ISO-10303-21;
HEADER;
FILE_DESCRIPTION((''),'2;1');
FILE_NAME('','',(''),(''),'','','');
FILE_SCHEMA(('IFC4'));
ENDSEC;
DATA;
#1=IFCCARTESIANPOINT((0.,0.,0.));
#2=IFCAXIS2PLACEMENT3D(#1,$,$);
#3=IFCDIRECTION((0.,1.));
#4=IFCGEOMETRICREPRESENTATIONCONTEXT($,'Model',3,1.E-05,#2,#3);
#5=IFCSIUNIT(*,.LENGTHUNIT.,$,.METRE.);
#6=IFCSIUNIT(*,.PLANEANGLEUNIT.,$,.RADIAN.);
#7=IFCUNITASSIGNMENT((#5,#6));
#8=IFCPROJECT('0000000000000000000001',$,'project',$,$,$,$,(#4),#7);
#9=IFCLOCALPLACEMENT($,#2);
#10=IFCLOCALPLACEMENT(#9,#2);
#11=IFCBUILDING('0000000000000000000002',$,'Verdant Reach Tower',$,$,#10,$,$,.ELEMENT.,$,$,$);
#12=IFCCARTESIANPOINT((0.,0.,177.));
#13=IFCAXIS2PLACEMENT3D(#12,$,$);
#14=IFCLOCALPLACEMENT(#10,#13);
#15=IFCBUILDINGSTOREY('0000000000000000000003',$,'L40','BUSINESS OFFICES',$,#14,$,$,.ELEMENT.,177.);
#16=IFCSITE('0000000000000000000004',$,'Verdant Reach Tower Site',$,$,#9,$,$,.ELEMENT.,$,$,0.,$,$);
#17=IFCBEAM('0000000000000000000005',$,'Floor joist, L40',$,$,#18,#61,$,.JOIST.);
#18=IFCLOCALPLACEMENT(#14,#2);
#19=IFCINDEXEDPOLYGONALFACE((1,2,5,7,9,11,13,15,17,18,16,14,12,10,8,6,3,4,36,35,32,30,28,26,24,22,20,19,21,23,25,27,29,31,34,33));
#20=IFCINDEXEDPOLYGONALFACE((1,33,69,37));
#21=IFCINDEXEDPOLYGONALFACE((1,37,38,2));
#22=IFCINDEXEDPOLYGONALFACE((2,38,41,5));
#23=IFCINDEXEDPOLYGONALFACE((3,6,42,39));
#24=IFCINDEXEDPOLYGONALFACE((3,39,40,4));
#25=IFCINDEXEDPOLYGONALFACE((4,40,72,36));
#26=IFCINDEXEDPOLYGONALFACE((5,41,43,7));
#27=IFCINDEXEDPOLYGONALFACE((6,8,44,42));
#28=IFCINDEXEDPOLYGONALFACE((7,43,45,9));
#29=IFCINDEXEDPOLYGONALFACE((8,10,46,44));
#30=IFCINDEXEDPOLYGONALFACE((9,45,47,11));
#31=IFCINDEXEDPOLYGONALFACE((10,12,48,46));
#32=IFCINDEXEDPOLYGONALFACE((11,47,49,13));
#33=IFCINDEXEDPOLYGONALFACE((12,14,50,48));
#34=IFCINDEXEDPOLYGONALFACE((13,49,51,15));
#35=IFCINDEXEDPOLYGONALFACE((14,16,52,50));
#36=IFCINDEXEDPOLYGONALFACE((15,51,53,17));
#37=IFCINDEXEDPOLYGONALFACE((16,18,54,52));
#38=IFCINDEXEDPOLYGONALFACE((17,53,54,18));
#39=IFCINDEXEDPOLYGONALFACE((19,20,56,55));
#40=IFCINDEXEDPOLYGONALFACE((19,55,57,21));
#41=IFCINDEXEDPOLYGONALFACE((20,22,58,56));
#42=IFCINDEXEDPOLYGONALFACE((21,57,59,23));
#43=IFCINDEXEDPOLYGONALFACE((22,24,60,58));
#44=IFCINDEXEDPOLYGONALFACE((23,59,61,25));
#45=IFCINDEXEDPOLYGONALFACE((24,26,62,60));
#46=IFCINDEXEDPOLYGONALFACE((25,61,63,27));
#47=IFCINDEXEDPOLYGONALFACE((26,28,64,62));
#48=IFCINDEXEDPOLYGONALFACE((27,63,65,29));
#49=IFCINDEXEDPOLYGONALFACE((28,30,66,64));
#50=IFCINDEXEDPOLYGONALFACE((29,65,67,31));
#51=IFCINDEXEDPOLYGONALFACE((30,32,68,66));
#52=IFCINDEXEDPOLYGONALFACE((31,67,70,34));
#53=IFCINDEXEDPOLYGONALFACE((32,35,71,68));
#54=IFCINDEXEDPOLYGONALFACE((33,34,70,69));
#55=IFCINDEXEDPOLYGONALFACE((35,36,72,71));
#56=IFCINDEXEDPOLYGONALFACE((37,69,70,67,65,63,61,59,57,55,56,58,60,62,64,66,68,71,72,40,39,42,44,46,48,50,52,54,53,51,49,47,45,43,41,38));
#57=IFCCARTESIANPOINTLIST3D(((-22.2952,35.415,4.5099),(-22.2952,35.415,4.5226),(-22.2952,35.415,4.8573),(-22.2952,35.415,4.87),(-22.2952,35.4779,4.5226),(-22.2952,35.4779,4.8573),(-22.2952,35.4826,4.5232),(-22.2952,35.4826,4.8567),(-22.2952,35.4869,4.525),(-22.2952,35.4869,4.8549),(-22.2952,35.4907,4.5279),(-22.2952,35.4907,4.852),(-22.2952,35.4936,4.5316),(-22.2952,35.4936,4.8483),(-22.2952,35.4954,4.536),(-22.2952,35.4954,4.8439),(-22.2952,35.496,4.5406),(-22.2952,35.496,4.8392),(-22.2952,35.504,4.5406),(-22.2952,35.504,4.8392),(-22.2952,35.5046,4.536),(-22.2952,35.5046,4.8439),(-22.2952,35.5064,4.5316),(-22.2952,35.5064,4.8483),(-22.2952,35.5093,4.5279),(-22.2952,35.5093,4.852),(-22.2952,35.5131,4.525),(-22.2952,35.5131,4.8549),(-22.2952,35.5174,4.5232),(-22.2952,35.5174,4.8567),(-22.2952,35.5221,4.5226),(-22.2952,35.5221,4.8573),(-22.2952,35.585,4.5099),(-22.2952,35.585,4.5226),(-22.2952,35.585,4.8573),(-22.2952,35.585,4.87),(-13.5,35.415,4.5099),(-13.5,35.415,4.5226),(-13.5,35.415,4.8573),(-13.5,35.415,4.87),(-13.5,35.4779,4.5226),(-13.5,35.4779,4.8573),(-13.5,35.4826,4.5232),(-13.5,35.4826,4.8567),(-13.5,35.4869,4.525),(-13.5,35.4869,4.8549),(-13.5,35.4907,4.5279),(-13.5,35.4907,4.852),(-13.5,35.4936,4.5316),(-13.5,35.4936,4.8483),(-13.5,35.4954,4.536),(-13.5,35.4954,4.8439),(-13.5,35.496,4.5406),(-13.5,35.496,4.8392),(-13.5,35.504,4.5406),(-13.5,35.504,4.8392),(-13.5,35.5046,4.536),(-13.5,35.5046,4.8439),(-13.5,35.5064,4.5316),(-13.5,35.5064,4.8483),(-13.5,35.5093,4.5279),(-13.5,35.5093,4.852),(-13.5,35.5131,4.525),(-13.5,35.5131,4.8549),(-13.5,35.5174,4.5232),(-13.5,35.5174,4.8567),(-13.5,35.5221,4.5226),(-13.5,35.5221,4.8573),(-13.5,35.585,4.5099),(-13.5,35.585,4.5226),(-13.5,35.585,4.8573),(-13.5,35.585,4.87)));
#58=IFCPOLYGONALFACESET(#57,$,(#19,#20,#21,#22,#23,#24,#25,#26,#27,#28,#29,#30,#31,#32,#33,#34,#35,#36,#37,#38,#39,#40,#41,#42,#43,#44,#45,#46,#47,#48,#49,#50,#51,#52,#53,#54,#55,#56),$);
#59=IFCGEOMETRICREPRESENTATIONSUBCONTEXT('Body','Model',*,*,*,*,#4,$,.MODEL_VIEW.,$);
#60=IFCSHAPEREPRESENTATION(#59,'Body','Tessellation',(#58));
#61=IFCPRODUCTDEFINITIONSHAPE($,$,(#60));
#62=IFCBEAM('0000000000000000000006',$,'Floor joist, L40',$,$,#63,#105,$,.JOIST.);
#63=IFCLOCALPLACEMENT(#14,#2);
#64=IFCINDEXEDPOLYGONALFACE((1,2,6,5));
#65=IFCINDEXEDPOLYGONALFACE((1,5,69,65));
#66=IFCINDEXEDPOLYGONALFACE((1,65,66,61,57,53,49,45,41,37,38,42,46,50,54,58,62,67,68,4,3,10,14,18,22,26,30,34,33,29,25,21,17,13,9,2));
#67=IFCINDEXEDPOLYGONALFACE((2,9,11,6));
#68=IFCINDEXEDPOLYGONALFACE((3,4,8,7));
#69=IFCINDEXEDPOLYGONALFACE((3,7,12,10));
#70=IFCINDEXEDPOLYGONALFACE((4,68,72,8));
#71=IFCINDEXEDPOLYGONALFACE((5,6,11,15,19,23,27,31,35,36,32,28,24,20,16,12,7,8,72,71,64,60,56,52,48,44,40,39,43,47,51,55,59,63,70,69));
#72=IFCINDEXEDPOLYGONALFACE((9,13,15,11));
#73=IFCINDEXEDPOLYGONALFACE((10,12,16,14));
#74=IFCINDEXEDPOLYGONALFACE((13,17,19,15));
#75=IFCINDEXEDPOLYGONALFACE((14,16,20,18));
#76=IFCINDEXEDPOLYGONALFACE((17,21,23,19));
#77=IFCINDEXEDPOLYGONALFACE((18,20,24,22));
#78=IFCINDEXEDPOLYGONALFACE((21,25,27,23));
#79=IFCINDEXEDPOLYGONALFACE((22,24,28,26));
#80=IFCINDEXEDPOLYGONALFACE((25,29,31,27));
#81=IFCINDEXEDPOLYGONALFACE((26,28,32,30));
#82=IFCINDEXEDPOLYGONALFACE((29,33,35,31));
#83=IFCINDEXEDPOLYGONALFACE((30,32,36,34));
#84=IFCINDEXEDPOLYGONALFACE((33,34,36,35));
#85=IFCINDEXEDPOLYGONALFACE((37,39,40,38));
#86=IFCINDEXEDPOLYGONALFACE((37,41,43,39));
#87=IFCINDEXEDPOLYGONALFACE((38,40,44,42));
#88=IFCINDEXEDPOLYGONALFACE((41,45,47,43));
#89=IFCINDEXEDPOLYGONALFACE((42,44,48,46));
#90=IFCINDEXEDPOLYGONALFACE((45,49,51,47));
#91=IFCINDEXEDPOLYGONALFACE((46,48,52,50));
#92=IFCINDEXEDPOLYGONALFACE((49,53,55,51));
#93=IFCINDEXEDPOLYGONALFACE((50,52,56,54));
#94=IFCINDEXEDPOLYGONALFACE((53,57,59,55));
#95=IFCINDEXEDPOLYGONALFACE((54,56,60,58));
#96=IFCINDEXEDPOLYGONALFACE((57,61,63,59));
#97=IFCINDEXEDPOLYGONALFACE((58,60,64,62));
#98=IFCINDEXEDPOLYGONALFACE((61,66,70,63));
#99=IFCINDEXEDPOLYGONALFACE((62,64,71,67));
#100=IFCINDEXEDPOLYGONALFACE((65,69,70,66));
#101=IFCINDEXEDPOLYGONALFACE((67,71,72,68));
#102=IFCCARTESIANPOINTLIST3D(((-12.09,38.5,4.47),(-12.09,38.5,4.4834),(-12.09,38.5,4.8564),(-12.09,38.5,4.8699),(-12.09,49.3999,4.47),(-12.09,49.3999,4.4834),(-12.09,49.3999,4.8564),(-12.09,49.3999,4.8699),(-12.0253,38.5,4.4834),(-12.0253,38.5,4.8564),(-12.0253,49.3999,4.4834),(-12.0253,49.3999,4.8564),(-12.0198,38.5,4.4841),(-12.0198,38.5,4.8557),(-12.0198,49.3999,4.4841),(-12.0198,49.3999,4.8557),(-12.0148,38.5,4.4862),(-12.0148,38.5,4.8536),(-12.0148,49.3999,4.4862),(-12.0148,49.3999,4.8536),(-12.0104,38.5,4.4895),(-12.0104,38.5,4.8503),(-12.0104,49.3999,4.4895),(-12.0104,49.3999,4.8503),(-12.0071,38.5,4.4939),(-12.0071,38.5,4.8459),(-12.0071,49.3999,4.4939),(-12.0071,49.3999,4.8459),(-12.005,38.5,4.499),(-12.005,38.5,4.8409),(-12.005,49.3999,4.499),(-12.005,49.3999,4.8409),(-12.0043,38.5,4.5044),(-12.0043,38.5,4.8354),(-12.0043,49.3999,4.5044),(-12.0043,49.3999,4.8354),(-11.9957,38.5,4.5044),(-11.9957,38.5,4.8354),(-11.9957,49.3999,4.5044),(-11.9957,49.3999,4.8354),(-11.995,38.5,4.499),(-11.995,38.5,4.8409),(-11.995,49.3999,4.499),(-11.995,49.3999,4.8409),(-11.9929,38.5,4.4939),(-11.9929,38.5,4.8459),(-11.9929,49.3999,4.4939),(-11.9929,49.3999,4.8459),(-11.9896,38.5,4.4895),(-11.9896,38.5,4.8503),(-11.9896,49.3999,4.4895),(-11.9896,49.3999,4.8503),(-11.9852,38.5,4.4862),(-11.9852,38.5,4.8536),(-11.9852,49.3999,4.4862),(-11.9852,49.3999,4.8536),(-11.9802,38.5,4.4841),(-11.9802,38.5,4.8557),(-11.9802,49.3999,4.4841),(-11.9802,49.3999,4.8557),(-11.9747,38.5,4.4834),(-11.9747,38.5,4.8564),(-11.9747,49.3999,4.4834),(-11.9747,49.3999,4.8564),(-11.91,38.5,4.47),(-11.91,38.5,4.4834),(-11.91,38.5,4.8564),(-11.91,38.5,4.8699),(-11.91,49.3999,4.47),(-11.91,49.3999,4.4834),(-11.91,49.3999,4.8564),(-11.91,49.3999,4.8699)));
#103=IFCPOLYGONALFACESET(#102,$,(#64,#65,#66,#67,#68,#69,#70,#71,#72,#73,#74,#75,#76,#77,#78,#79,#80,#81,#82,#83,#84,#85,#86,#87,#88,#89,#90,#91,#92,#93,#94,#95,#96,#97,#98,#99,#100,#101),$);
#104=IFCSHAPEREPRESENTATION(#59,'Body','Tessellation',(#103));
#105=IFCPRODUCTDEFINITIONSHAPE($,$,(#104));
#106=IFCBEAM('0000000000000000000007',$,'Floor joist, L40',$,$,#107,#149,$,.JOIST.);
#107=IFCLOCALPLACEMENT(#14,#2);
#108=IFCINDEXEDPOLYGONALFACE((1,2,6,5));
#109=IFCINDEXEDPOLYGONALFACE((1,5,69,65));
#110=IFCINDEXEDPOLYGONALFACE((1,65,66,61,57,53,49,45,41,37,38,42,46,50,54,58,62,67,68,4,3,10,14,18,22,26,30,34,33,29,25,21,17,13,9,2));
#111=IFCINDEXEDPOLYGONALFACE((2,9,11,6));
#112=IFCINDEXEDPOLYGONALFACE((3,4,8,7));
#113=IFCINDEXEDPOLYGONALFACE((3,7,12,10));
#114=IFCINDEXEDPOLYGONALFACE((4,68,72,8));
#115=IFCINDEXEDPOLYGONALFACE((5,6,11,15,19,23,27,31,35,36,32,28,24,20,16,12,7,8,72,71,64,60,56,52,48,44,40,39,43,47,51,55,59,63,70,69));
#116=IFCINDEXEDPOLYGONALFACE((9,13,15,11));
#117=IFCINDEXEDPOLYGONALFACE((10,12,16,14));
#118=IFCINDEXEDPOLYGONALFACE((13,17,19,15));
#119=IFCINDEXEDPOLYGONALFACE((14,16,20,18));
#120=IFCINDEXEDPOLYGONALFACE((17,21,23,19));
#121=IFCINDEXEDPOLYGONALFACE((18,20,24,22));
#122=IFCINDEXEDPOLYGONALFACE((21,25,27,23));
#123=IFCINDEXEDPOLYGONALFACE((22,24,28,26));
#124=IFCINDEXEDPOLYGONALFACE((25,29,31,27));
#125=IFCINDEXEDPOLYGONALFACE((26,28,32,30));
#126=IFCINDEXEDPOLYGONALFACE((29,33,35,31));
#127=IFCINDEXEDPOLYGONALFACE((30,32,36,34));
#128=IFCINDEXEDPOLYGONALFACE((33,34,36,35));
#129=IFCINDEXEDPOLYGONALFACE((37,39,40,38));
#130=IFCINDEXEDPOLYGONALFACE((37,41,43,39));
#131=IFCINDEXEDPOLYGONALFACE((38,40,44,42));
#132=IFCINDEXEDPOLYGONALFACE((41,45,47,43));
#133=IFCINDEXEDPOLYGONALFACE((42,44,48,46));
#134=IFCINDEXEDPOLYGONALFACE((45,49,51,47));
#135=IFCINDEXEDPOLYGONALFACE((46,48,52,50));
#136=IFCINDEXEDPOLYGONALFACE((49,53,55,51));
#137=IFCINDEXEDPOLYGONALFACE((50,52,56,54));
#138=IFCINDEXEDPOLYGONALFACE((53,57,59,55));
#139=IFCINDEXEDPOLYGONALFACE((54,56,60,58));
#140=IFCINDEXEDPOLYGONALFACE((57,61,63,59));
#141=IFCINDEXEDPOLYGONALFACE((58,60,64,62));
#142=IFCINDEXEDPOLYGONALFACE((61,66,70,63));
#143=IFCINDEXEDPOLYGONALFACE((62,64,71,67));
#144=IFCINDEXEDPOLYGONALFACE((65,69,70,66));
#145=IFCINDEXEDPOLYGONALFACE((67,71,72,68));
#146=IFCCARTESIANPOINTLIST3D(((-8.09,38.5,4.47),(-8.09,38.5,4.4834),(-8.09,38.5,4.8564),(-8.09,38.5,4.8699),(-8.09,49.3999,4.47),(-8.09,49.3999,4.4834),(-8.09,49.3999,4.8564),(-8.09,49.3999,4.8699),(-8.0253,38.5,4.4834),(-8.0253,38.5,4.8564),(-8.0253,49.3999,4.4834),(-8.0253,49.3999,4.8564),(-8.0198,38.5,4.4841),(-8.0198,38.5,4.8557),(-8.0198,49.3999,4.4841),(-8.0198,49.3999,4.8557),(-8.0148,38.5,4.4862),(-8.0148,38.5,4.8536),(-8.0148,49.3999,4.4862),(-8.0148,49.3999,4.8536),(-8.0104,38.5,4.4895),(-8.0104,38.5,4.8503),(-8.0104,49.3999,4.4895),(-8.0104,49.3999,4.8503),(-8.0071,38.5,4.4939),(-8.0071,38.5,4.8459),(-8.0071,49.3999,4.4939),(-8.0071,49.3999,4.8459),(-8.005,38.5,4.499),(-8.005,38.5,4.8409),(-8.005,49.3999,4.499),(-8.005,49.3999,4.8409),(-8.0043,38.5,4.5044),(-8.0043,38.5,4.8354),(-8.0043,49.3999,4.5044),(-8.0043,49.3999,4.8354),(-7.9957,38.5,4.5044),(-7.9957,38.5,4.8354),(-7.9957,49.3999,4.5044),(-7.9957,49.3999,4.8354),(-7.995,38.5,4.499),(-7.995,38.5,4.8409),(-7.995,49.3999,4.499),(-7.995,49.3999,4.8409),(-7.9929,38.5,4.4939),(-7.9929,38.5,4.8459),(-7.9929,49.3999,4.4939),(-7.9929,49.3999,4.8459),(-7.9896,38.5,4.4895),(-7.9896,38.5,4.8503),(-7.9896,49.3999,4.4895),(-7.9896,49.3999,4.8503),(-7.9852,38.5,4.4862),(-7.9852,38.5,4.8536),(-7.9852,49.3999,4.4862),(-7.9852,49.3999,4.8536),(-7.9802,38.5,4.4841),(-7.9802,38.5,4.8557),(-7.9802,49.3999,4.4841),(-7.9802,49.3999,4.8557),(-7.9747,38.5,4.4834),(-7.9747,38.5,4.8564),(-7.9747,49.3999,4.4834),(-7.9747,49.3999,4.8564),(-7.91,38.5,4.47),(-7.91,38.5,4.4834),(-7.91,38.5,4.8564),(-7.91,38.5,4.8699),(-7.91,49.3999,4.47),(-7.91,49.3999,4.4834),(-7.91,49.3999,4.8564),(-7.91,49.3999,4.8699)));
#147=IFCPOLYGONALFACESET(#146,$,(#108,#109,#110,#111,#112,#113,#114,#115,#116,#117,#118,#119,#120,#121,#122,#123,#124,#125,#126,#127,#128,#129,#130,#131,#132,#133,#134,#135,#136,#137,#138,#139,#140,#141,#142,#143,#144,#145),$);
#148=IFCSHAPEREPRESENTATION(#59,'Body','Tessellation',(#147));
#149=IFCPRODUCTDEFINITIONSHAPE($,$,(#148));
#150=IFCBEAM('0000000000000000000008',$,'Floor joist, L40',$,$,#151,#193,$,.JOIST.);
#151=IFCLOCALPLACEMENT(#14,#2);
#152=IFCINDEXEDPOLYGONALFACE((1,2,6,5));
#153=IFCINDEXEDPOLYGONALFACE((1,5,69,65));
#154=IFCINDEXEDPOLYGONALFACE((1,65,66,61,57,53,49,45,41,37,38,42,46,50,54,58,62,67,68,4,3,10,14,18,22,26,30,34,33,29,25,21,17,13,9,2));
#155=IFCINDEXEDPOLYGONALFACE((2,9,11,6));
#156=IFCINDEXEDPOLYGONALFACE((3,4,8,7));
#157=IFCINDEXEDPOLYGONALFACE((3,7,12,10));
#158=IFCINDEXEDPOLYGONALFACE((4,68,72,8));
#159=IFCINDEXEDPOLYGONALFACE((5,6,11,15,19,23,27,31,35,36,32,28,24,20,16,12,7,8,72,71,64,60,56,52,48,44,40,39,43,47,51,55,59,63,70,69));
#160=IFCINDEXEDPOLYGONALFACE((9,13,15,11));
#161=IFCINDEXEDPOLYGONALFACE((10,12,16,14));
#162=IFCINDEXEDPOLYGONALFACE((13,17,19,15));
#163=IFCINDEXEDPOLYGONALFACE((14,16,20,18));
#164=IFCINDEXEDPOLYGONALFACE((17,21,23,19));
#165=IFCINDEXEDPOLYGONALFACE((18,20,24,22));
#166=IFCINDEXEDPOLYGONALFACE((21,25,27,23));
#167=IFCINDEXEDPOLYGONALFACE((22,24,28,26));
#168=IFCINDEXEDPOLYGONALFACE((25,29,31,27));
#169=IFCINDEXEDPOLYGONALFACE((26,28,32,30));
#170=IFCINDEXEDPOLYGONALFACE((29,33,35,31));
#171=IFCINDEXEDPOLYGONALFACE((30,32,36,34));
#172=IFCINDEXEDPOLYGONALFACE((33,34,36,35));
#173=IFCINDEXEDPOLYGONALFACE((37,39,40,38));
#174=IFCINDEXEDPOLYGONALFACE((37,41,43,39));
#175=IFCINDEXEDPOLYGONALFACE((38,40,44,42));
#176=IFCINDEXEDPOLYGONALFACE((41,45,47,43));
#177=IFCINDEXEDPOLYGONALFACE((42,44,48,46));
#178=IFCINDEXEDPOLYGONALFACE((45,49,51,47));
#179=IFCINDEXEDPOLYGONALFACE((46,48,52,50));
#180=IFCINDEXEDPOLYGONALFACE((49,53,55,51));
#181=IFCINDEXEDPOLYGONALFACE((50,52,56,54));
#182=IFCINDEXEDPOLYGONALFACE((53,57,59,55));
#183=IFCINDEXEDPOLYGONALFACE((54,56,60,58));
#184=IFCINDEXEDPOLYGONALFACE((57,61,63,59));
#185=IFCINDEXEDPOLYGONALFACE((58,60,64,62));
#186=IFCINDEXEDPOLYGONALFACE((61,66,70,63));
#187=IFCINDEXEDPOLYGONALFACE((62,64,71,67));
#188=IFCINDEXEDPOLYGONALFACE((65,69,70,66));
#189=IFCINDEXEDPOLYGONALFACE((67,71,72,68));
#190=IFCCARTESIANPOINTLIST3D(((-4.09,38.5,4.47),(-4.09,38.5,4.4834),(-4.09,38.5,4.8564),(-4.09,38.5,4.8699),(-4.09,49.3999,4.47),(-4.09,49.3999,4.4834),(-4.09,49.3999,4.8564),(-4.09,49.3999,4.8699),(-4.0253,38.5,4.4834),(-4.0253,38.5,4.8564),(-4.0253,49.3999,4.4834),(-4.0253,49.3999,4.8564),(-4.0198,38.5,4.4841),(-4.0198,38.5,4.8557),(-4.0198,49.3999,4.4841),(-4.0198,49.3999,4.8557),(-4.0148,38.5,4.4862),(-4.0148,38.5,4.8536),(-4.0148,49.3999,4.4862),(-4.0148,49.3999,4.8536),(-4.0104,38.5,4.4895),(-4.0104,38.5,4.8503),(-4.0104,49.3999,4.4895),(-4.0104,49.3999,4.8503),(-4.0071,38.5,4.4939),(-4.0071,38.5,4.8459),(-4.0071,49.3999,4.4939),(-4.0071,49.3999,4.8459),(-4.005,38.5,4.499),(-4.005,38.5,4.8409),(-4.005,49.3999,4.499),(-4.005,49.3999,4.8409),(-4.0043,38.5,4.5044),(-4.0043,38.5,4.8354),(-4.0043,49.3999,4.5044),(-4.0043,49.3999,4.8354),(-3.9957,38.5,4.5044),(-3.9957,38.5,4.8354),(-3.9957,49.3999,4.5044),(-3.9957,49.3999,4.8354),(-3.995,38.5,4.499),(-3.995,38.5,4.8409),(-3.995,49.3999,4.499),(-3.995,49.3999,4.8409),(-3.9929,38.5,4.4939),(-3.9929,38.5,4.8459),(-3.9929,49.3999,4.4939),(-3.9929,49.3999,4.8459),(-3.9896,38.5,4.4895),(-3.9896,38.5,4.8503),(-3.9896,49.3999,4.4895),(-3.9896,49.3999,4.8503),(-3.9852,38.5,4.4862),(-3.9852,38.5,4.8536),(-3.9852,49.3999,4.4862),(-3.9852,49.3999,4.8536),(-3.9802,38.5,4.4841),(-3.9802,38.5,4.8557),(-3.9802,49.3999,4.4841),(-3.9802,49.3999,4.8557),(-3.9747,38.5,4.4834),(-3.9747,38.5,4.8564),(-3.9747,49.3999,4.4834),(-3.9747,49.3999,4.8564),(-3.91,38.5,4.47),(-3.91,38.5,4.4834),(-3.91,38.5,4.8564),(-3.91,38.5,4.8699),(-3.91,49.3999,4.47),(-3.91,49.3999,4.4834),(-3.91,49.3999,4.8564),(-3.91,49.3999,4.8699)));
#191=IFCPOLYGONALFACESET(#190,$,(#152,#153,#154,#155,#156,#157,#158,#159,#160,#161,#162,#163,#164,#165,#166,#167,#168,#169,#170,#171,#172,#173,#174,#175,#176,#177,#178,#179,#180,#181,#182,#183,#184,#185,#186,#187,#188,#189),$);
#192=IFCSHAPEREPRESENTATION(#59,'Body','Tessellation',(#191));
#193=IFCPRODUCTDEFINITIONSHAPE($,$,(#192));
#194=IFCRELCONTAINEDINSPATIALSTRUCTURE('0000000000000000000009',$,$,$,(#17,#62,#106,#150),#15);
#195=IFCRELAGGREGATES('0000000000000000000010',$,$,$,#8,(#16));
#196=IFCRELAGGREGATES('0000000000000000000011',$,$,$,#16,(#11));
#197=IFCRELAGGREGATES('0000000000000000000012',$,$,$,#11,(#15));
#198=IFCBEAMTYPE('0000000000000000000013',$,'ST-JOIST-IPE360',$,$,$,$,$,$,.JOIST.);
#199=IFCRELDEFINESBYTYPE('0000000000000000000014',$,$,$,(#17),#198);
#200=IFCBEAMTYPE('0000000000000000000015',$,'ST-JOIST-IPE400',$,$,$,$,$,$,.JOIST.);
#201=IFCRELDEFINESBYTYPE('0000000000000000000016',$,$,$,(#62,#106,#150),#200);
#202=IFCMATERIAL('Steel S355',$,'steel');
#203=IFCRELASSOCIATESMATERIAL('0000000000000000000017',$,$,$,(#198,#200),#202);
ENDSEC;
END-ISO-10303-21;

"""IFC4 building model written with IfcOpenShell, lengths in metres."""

from ifc_helpers import new_model, si_unit, direction, frame, origin, origin_2d, place, context, subcontext, project, spatial, i_section, extrude, material, material_profile, profile_set, type_object, element, save


model = new_model("IFC4")

# Units and contexts
model_context = context("Model", 3, precision=1e-05, world=origin(), true_north=direction((0.0, 1.0)))
body_context = subcontext(model_context, "Body", "Model", "MODEL_VIEW")
ifc_project = project(units=[si_unit("LENGTHUNIT", "METRE"), si_unit("PLANEANGLEUNIT", "RADIAN")], contexts=[model_context])

# Site, building, storey
site_placement = place(None, origin())
site = spatial("IfcSite", under=ifc_project, at=site_placement, Name="Verdant Reach Tower Site", CompositionType="ELEMENT", RefElevation=0.0)
building_placement = place(site_placement, origin())
building = spatial("IfcBuilding", under=site, at=building_placement, Name="Verdant Reach Tower", CompositionType="ELEMENT")
storey_placement = place(building_placement, frame((0.0, 0.0, 177.0)))
storey = spatial("IfcBuildingStorey", under=building, at=storey_placement, Name="L40", Description="BUSINESS OFFICES", CompositionType="ELEMENT", Elevation=177.0)

# Beams
ifc_material_1 = material(Name="Steel S355", Category="steel")
ifc_material_profile_1 = material_profile(ifc_material_1, i_section(OverallWidth=0.1699, OverallDepth=0.3601, WebThickness=0.0081, FlangeThickness=0.0127, FilletRadius=0.0181, at=origin_2d()), Name="IPE 360")
ifc_profile_set_1 = profile_set([ifc_material_profile_1], Name="Steel S355")
beam_type_1 = type_object("IfcBeamType", Name="ST-JOIST-IPE360", PredefinedType="JOIST", material=ifc_profile_set_1)
beam_1_placement = place(storey_placement, frame((-13.5, 35.5, 4.6899), z_axis=(-1.0, 0.0, 0.0), x_axis=(0.0, -1.0, 0.0)))
element("IfcBeam", 1, at=beam_1_placement, inside=storey, type_object=beam_type_1, Name="Floor joist, L40", PredefinedType="JOIST", context=body_context, shape_type="SweptSolid", body=[
    extrude(i_section(OverallWidth=0.1699, OverallDepth=0.3601, WebThickness=0.0081, FlangeThickness=0.0127, FilletRadius=0.0181, at=origin_2d()), origin(), (0.0, 0.0, 1.0), 8.7952),
])
ifc_material_profile_2 = material_profile(ifc_material_1, i_section(OverallWidth=0.1799, OverallDepth=0.3999, WebThickness=0.0085, FlangeThickness=0.0134, FilletRadius=0.021, at=origin_2d()), Name="IPE 400")
ifc_profile_set_2 = profile_set([ifc_material_profile_2], Name="Steel S355")
beam_type_2 = type_object("IfcBeamType", Name="ST-JOIST-IPE400", PredefinedType="JOIST", material=ifc_profile_set_2)
for number, where, z_axis, x_axis, name in (
    (2, (-12.0, 38.5, 4.6699), (0.0, 1.0, 0.0), (-1.0, 0.0, 0.0), "Floor joist, L40"),
    (3, (-8.0, 38.5, 4.6699), (0.0, 1.0, 0.0), (-1.0, 0.0, 0.0), "Floor joist, L40"),
    (4, (-4.0, 38.5, 4.6699), (0.0, 1.0, 0.0), (-1.0, 0.0, 0.0), "Floor joist, L40"),
):
    element("IfcBeam", number, at=place(storey_placement, frame(where, z_axis=z_axis, x_axis=x_axis)), inside=storey, type_object=beam_type_2, Name=name, PredefinedType="JOIST", context=body_context, shape_type="SweptSolid", body=[
        extrude(i_section(OverallWidth=0.1799, OverallDepth=0.3999, WebThickness=0.0085, FlangeThickness=0.0134, FilletRadius=0.021, at=origin_2d()), origin(), (0.0, 0.0, 1.0), 10.8999),
    ])

save(model, "model.ifc")
